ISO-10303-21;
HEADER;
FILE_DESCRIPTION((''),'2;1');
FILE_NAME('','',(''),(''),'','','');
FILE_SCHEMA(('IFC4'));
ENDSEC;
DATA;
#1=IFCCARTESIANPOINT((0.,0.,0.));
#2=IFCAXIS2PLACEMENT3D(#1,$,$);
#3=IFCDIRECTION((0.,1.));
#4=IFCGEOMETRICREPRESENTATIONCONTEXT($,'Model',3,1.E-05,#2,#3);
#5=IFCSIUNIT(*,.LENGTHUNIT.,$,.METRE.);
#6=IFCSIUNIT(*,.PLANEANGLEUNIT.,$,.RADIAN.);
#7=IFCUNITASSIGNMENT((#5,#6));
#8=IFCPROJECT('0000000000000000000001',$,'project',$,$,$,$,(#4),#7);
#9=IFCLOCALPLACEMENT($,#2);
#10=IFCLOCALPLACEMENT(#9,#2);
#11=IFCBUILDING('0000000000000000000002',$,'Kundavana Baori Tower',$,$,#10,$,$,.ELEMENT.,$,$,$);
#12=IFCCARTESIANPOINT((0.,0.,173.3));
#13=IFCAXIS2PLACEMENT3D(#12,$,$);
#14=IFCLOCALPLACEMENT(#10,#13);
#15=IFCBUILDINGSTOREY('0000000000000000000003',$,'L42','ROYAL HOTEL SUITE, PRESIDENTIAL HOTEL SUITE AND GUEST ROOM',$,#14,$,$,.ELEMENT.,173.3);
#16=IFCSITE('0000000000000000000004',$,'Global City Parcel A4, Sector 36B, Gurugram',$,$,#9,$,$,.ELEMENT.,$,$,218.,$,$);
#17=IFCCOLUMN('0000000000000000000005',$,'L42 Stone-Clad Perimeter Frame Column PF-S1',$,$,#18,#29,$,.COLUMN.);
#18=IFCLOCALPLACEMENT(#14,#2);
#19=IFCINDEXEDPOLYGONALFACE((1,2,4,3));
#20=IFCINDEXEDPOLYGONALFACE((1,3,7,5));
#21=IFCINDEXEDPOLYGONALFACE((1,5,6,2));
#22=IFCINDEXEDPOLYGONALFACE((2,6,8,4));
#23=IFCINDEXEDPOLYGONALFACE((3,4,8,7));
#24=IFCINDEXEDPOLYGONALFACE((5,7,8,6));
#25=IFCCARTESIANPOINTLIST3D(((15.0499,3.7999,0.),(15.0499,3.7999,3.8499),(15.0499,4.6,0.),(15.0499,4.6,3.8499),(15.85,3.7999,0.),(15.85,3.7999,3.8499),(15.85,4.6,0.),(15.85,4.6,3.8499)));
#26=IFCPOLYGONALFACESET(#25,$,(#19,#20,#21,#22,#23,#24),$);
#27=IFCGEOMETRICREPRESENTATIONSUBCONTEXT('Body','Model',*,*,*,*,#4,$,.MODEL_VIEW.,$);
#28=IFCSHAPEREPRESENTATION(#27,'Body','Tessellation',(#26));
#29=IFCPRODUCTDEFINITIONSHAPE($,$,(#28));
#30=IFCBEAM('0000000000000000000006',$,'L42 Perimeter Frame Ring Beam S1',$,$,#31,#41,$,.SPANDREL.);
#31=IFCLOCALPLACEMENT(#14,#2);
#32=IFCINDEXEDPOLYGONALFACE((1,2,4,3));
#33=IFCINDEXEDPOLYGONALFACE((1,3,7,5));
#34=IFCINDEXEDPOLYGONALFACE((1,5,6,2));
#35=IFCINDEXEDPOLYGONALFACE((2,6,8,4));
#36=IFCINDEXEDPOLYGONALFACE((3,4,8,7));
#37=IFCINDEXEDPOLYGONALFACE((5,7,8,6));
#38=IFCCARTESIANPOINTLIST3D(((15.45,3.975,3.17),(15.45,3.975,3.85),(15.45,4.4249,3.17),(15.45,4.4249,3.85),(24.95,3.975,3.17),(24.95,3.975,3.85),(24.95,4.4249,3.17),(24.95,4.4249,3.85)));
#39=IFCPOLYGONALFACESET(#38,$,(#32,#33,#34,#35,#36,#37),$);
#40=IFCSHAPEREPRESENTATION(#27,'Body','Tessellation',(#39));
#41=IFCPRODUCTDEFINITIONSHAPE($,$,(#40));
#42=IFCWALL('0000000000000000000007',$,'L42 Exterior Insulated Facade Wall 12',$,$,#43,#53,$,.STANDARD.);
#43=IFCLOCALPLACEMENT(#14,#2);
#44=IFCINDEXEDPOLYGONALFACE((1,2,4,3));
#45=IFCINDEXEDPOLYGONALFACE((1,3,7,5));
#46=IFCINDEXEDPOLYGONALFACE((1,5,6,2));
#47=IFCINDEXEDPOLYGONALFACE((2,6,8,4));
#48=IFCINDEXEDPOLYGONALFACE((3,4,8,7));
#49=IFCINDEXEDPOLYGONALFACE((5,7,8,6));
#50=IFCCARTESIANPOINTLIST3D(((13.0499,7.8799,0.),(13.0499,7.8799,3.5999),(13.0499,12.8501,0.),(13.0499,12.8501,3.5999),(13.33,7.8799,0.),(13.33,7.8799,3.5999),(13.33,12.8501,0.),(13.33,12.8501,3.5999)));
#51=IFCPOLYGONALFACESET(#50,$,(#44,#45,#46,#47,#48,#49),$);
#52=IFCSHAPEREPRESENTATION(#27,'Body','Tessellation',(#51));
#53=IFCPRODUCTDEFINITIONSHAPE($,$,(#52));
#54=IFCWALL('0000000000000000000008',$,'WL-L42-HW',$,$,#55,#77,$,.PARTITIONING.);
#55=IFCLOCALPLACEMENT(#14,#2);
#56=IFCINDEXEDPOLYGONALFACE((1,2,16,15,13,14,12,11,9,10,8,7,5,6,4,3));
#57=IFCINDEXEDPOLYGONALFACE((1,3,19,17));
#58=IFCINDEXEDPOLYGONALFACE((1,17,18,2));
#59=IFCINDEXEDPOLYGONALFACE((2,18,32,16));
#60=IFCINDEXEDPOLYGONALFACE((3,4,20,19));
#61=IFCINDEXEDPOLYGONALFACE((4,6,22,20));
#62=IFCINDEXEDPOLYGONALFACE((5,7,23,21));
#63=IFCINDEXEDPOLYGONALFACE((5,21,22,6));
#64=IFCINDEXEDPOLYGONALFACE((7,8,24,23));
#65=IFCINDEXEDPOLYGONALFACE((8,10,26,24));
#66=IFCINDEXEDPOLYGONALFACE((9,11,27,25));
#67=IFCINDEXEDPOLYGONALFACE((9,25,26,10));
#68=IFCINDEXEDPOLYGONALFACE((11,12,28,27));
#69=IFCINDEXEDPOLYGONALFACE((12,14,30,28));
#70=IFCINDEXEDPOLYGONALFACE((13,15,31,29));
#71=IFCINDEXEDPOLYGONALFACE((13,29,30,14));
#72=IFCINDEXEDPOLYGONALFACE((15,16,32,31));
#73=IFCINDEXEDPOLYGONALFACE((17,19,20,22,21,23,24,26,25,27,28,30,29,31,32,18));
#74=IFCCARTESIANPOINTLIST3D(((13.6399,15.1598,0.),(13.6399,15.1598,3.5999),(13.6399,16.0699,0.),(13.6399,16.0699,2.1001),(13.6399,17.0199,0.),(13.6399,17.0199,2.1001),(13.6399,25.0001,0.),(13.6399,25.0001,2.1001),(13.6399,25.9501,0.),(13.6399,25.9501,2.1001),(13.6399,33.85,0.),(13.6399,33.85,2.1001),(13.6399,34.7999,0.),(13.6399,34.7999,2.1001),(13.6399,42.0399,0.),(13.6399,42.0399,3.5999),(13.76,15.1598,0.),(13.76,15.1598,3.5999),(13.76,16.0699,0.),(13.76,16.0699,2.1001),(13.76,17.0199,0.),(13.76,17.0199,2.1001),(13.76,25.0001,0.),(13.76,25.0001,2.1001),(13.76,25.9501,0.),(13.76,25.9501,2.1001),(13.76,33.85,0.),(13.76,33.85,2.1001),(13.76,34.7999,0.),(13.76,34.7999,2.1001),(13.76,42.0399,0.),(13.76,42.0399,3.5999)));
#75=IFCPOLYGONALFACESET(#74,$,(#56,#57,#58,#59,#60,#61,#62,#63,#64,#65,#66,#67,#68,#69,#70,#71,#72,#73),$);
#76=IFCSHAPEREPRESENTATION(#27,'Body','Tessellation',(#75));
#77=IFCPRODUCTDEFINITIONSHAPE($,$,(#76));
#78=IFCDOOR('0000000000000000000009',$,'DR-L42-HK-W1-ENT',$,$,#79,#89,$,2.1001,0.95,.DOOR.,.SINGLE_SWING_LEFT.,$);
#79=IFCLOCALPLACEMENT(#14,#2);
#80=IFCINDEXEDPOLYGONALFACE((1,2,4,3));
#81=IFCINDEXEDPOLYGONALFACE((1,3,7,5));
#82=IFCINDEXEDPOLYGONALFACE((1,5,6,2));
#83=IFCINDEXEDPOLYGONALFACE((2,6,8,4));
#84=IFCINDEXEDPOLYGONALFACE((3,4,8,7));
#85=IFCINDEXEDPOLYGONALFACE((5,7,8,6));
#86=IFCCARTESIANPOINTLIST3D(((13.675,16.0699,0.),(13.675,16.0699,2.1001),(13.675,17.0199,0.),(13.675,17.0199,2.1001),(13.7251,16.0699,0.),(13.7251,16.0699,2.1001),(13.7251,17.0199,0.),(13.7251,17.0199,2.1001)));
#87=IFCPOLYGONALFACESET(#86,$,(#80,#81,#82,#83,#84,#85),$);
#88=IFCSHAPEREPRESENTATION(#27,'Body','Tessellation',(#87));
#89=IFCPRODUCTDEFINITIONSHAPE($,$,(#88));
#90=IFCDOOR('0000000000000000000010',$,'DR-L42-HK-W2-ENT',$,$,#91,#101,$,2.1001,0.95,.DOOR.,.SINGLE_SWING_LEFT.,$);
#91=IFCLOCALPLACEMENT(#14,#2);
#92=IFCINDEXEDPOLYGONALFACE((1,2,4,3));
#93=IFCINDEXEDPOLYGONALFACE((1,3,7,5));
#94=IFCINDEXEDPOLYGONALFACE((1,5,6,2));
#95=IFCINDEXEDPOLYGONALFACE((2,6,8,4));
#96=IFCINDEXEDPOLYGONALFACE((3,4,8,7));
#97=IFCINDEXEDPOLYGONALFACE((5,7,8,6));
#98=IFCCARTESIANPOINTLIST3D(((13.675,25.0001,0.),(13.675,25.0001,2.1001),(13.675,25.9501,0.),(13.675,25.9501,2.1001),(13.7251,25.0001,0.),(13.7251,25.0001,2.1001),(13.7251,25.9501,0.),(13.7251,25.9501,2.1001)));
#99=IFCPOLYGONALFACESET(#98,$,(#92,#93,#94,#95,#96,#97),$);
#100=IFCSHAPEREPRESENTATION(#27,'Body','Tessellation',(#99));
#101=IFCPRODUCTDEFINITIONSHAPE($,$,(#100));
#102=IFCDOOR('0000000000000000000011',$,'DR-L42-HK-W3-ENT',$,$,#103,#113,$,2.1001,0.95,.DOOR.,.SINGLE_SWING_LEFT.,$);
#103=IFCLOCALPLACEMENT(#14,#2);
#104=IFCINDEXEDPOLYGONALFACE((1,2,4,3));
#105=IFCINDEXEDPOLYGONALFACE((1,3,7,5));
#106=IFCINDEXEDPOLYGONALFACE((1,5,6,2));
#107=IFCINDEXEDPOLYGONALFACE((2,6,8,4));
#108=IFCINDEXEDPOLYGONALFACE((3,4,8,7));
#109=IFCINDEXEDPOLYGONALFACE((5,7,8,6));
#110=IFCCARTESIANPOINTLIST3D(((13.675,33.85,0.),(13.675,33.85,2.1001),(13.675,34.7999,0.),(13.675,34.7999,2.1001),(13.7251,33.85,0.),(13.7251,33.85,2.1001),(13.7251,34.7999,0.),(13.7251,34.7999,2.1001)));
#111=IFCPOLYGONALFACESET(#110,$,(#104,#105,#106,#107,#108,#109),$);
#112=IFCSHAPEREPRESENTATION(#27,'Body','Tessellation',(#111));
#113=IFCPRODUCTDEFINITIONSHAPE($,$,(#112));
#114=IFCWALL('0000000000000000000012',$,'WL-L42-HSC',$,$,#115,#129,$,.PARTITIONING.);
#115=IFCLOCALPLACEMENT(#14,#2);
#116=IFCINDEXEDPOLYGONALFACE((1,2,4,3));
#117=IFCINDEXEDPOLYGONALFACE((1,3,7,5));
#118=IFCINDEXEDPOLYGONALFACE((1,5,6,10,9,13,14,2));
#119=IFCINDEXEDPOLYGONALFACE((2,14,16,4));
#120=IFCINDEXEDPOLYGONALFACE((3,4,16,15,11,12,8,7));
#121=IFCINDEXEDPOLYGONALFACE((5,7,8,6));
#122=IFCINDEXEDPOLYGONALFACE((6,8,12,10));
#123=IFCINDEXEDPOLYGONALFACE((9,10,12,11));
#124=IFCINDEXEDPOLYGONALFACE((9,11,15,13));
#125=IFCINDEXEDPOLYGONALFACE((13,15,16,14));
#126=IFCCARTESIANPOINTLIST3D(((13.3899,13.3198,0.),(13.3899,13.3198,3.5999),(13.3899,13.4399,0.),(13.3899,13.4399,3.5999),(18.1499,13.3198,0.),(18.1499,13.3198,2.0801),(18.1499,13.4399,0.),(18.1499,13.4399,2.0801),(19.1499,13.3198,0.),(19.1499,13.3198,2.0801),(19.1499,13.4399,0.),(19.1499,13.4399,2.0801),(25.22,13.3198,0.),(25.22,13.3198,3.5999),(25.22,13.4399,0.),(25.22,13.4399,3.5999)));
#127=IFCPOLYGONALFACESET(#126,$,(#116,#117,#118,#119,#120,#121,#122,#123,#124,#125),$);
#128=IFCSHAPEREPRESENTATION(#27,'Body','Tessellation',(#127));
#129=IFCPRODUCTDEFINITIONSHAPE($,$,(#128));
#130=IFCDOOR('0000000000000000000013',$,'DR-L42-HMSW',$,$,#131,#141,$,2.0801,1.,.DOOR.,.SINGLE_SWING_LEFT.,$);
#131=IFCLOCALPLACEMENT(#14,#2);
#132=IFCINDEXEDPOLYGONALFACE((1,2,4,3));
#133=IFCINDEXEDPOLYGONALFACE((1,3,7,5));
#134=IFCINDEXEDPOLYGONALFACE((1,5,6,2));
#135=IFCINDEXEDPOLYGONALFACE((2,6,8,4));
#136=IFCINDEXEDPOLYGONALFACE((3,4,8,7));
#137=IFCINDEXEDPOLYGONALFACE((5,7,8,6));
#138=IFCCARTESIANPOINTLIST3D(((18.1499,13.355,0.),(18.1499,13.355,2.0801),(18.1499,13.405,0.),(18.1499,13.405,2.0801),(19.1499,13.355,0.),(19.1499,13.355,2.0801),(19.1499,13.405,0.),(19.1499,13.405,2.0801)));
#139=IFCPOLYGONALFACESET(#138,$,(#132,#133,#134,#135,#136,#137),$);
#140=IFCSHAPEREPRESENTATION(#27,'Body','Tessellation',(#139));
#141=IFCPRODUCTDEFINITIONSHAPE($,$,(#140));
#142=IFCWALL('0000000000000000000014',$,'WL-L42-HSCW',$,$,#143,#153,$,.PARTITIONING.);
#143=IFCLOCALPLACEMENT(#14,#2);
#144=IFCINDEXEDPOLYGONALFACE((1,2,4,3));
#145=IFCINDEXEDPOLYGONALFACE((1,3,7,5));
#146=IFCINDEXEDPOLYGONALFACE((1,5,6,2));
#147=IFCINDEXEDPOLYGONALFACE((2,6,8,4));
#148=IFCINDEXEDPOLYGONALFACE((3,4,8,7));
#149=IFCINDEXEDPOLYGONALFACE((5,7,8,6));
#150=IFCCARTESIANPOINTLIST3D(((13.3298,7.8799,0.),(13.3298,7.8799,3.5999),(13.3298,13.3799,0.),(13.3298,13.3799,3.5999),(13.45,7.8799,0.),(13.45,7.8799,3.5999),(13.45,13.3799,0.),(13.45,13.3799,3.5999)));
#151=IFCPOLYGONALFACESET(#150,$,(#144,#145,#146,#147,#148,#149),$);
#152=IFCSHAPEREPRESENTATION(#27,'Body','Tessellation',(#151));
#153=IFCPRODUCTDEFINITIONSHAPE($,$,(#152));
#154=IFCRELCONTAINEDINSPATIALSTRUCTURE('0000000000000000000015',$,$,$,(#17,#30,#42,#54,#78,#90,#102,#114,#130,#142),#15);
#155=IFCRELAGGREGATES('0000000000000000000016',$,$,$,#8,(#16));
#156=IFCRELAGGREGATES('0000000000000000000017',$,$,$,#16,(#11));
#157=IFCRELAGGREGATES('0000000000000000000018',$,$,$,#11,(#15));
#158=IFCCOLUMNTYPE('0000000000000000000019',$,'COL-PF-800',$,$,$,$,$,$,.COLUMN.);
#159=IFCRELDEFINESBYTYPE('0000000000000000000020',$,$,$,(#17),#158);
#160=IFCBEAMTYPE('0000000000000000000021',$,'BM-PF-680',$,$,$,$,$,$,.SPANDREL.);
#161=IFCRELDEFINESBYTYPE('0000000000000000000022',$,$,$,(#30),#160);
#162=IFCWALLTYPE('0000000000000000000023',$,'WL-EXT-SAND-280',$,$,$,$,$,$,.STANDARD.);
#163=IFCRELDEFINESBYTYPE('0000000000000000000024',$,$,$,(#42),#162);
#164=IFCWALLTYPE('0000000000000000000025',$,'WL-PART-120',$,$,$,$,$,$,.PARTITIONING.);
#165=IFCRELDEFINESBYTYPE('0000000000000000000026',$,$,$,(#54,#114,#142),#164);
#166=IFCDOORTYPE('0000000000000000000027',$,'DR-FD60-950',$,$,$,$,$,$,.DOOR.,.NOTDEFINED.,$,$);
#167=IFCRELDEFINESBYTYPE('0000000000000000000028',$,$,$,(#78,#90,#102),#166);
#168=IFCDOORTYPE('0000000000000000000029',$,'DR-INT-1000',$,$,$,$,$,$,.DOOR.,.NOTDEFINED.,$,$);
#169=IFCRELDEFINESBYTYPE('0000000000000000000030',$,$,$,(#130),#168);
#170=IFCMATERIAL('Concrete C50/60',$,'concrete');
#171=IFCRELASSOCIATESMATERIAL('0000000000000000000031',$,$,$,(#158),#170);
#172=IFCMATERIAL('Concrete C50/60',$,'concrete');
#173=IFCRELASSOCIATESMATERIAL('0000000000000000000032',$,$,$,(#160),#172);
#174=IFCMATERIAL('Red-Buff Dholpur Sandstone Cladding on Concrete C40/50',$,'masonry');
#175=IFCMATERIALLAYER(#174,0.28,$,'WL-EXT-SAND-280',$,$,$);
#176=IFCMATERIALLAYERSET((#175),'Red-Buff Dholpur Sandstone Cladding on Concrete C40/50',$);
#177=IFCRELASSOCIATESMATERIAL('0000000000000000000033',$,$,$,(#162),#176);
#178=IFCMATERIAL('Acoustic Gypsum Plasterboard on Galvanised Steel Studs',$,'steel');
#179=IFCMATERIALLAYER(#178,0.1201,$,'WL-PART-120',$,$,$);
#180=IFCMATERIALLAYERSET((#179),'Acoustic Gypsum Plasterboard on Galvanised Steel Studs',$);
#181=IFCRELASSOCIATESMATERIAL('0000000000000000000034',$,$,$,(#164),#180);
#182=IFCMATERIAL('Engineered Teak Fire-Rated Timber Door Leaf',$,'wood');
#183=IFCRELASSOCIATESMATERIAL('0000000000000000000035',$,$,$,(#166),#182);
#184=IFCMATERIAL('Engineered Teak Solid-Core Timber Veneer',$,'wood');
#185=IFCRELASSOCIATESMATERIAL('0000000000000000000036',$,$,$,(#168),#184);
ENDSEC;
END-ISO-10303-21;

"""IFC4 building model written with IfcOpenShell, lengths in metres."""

from ifc_helpers import new_model, si_unit, direction, frame, frame_2d, origin, origin_2d, place, context, subcontext, project, spatial, rectangle, extrude, material, layer, layer_set, material_profile, profile_set, type_object, element, fill, save


model = new_model("IFC4")

# Units and contexts
model_context = context("Model", 3, precision=1e-05, world=origin(), true_north=direction((0.0, 1.0)))
body_context = subcontext(model_context, "Body", "Model", "MODEL_VIEW")
ifc_project = project(units=[si_unit("LENGTHUNIT", "METRE"), si_unit("PLANEANGLEUNIT", "RADIAN")], contexts=[model_context])

# Site, building, storey
site_placement = place(None, origin())
site = spatial("IfcSite", under=ifc_project, at=site_placement, Name="Global City Parcel A4, Sector 36B, Gurugram", CompositionType="ELEMENT", RefElevation=218.0)
building_placement = place(site_placement, origin())
building = spatial("IfcBuilding", under=site, at=building_placement, Name="Kundavana Baori Tower", CompositionType="ELEMENT")
storey_placement = place(building_placement, frame((0.0, 0.0, 173.3)))
storey = spatial("IfcBuildingStorey", under=building, at=storey_placement, Name="L42", Description="ROYAL HOTEL SUITE, PRESIDENTIAL HOTEL SUITE AND GUEST ROOM", CompositionType="ELEMENT", Elevation=173.3)

# Column
ifc_material_1 = material(Name="Concrete C50/60", Category="concrete")
ifc_material_profile_1 = material_profile(ifc_material_1, rectangle(XDim=0.8, YDim=0.8, at=origin_2d()), Name="RC PF 800x800")
ifc_profile_set_1 = profile_set([ifc_material_profile_1], Name="Concrete C50/60")
column_type = type_object("IfcColumnType", Name="COL-PF-800", PredefinedType="COLUMN", material=ifc_profile_set_1)
column_placement = place(storey_placement, frame((15.45, 4.2, 0.0), z_axis=(0.0, 0.0, 1.0), x_axis=(1.0, 0.0, 0.0)))
element("IfcColumn", 1, at=column_placement, inside=storey, type_object=column_type, Name="L42 Stone-Clad Perimeter Frame Column PF-S1", PredefinedType="COLUMN", context=body_context, shape_type="SweptSolid", body=[
    extrude(rectangle(XDim=0.8, YDim=0.8, at=origin_2d()), origin(), (0.0, 0.0, 1.0), 3.8499),
])

# Beam
ifc_material_2 = material(Name="Concrete C50/60", Category="concrete")
ifc_material_profile_2 = material_profile(ifc_material_2, rectangle(XDim=0.45, YDim=0.6799, at=origin_2d()), Name="RC BM 450x680")
ifc_profile_set_2 = profile_set([ifc_material_profile_2], Name="Concrete C50/60")
beam_type = type_object("IfcBeamType", Name="BM-PF-680", PredefinedType="SPANDREL", material=ifc_profile_set_2)
beam_placement = place(storey_placement, frame((15.45, 4.2, 3.51), z_axis=(1.0, 0.0, 0.0), x_axis=(0.0, 1.0, 0.0)))
element("IfcBeam", 2, at=beam_placement, inside=storey, type_object=beam_type, Name="L42 Perimeter Frame Ring Beam S1", PredefinedType="SPANDREL", context=body_context, shape_type="SweptSolid", body=[
    extrude(rectangle(XDim=0.45, YDim=0.6799, at=origin_2d()), origin(), (0.0, 0.0, 1.0), 9.5),
])

# Shared definitions
ifc_material_3 = material(Name="Red-Buff Dholpur Sandstone Cladding on Concrete C40/50", Category="masonry")
ifc_layer_1 = layer(ifc_material_3, 0.28, Name="WL-EXT-SAND-280")
ifc_layer_set_1 = layer_set([ifc_layer_1], Name="Red-Buff Dholpur Sandstone Cladding on Concrete C40/50")
wall_type_1 = type_object("IfcWallType", Name="WL-EXT-SAND-280", PredefinedType="STANDARD", material=ifc_layer_set_1)

# Wall
wall_1_placement = place(storey_placement, frame((13.1899, 12.8501, 0.0), z_axis=(0.0, 0.0, 1.0), x_axis=(0.0, -1.0, 0.0)))
element("IfcWall", 3, at=wall_1_placement, inside=storey, type_object=wall_type_1, Name="L42 Exterior Insulated Facade Wall 12", PredefinedType="STANDARD", context=body_context, shape_type="SweptSolid", body=[
    extrude(rectangle(XDim=4.9702, YDim=0.28, at=frame_2d((2.4851, 0.0))), origin(), (0.0, 0.0, 1.0), 3.5999),
])

# Wall, openings, doors
ifc_material_4 = material(Name="Acoustic Gypsum Plasterboard on Galvanised Steel Studs", Category="steel")
ifc_layer_2 = layer(ifc_material_4, 0.1201, Name="WL-PART-120")
ifc_layer_set_2 = layer_set([ifc_layer_2], Name="Acoustic Gypsum Plasterboard on Galvanised Steel Studs")
wall_type_2 = type_object("IfcWallType", Name="WL-PART-120", PredefinedType="PARTITIONING", material=ifc_layer_set_2)
wall_2_placement = place(storey_placement, frame((13.7, 15.1599, 0.0), z_axis=(0.0, 0.0, 1.0), x_axis=(0.0, 1.0, 0.0)))
wall_2 = element("IfcWall", 4, at=wall_2_placement, inside=storey, type_object=wall_type_2, Name="WL-L42-HW", PredefinedType="PARTITIONING", context=body_context, shape_type="SweptSolid", body=[
    extrude(rectangle(XDim=26.8801, YDim=0.1201, at=frame_2d((13.4399, 0.0))), origin(), (0.0, 0.0, 1.0), 3.5999),
])
opening_1_placement = place(wall_2_placement, frame((0.9099, 0.0, 0.0)))
opening_1 = element("IfcOpeningElement", 5, at=opening_1_placement, cuts=wall_2, PredefinedType="OPENING", context=body_context, shape_type="SweptSolid", body=[
    extrude(rectangle(XDim=0.95, YDim=2.1001, at=frame_2d((0.4751, 1.05))), frame((0.0, 0.0701, 0.0), z_axis=(0.0, -1.0, 0.0), x_axis=(1.0, 0.0, 0.0)), (0.0, 0.0, 1.0), 0.1401),
])
opening_2_placement = place(wall_2_placement, frame((9.8401, 0.0, 0.0)))
opening_2 = element("IfcOpeningElement", 6, at=opening_2_placement, cuts=wall_2, PredefinedType="OPENING", context=body_context, shape_type="SweptSolid", body=[
    extrude(rectangle(XDim=0.95, YDim=2.1001, at=frame_2d((0.4751, 1.05))), frame((0.0, 0.0701, 0.0), z_axis=(0.0, -1.0, 0.0), x_axis=(1.0, 0.0, 0.0)), (0.0, 0.0, 1.0), 0.1401),
])
opening_3_placement = place(wall_2_placement, frame((18.6899, 0.0, 0.0)))
opening_3 = element("IfcOpeningElement", 7, at=opening_3_placement, cuts=wall_2, PredefinedType="OPENING", context=body_context, shape_type="SweptSolid", body=[
    extrude(rectangle(XDim=0.95, YDim=2.1001, at=frame_2d((0.4751, 1.05))), frame((0.0, 0.0701, 0.0), z_axis=(0.0, -1.0, 0.0), x_axis=(1.0, 0.0, 0.0)), (0.0, 0.0, 1.0), 0.1401),
])
ifc_material_5 = material(Name="Engineered Teak Fire-Rated Timber Door Leaf", Category="wood")
door_type_1 = type_object("IfcDoorType", Name="DR-FD60-950", OperationType="NOTDEFINED", PredefinedType="DOOR", material=ifc_material_5)
door_1_placement = place(opening_1_placement, origin())
door_1 = element("IfcDoor", 8, at=door_1_placement, inside=storey, type_object=door_type_1, Name="DR-L42-HK-W1-ENT", OperationType="SINGLE_SWING_LEFT", OverallHeight=2.1001, OverallWidth=0.95, PredefinedType="DOOR", context=body_context, shape_type="SweptSolid", body=[
    extrude(rectangle(XDim=0.95, YDim=2.1001, at=frame_2d((0.4751, 1.05))), frame((0.0, 0.0249, 0.0), z_axis=(0.0, -1.0, 0.0), x_axis=(1.0, 0.0, 0.0)), (0.0, 0.0, 1.0), 0.05),
])
fill(opening_1, door_1)
door_2_placement = place(opening_2_placement, origin())
door_2 = element("IfcDoor", 9, at=door_2_placement, inside=storey, type_object=door_type_1, Name="DR-L42-HK-W2-ENT", OperationType="SINGLE_SWING_LEFT", OverallHeight=2.1001, OverallWidth=0.95, PredefinedType="DOOR", context=body_context, shape_type="SweptSolid", body=[
    extrude(rectangle(XDim=0.95, YDim=2.1001, at=frame_2d((0.4751, 1.05))), frame((0.0, 0.0249, 0.0), z_axis=(0.0, -1.0, 0.0), x_axis=(1.0, 0.0, 0.0)), (0.0, 0.0, 1.0), 0.05),
])
fill(opening_2, door_2)
door_3_placement = place(opening_3_placement, origin())
door_3 = element("IfcDoor", 10, at=door_3_placement, inside=storey, type_object=door_type_1, Name="DR-L42-HK-W3-ENT", OperationType="SINGLE_SWING_LEFT", OverallHeight=2.1001, OverallWidth=0.95, PredefinedType="DOOR", context=body_context, shape_type="SweptSolid", body=[
    extrude(rectangle(XDim=0.95, YDim=2.1001, at=frame_2d((0.4751, 1.05))), frame((0.0, 0.0249, 0.0), z_axis=(0.0, -1.0, 0.0), x_axis=(1.0, 0.0, 0.0)), (0.0, 0.0, 1.0), 0.05),
])
fill(opening_3, door_3)

# Wall, opening, door
wall_3_placement = place(storey_placement, frame((13.3899, 13.3799, 0.0), z_axis=(0.0, 0.0, 1.0), x_axis=(1.0, 0.0, 0.0)))
wall_3 = element("IfcWall", 11, at=wall_3_placement, inside=storey, type_object=wall_type_2, Name="WL-L42-HSC", PredefinedType="PARTITIONING", context=body_context, shape_type="SweptSolid", body=[
    extrude(rectangle(XDim=11.8301, YDim=0.1201, at=frame_2d((5.915, 0.0))), origin(), (0.0, 0.0, 1.0), 3.5999),
])
opening_4_placement = place(wall_3_placement, frame((4.76, 0.0, 0.0)))
opening_4 = element("IfcOpeningElement", 12, at=opening_4_placement, cuts=wall_3, PredefinedType="OPENING", context=body_context, shape_type="SweptSolid", body=[
    extrude(rectangle(XDim=1.0, YDim=2.0801, at=frame_2d((0.5, 1.04))), frame((0.0, 0.0701, 0.0), z_axis=(0.0, -1.0, 0.0), x_axis=(1.0, 0.0, 0.0)), (0.0, 0.0, 1.0), 0.1401),
])
ifc_material_6 = material(Name="Engineered Teak Solid-Core Timber Veneer", Category="wood")
door_type_2 = type_object("IfcDoorType", Name="DR-INT-1000", OperationType="NOTDEFINED", PredefinedType="DOOR", material=ifc_material_6)
door_4_placement = place(opening_4_placement, frame((1.0, 0.0, 0.0), z_axis=(0.0, 0.0, 1.0), x_axis=(-1.0, 0.0, 0.0)))
door_4 = element("IfcDoor", 13, at=door_4_placement, inside=storey, type_object=door_type_2, Name="DR-L42-HMSW", OperationType="SINGLE_SWING_LEFT", OverallHeight=2.0801, OverallWidth=1.0, PredefinedType="DOOR", context=body_context, shape_type="SweptSolid", body=[
    extrude(rectangle(XDim=1.0, YDim=2.0801, at=frame_2d((0.5, 1.04))), frame((0.0, 0.0249, 0.0), z_axis=(0.0, -1.0, 0.0), x_axis=(1.0, 0.0, 0.0)), (0.0, 0.0, 1.0), 0.05),
])
fill(opening_4, door_4)

# Wall
wall_4_placement = place(storey_placement, frame((13.3899, 7.8799, 0.0), z_axis=(0.0, 0.0, 1.0), x_axis=(0.0, 1.0, 0.0)))
element("IfcWall", 14, at=wall_4_placement, inside=storey, type_object=wall_type_2, Name="WL-L42-HSCW", PredefinedType="PARTITIONING", context=body_context, shape_type="SweptSolid", body=[
    extrude(rectangle(XDim=5.5, YDim=0.1201, at=frame_2d((2.75, 0.0))), origin(), (0.0, 0.0, 1.0), 3.5999),
])

save(model, "model.ifc")
